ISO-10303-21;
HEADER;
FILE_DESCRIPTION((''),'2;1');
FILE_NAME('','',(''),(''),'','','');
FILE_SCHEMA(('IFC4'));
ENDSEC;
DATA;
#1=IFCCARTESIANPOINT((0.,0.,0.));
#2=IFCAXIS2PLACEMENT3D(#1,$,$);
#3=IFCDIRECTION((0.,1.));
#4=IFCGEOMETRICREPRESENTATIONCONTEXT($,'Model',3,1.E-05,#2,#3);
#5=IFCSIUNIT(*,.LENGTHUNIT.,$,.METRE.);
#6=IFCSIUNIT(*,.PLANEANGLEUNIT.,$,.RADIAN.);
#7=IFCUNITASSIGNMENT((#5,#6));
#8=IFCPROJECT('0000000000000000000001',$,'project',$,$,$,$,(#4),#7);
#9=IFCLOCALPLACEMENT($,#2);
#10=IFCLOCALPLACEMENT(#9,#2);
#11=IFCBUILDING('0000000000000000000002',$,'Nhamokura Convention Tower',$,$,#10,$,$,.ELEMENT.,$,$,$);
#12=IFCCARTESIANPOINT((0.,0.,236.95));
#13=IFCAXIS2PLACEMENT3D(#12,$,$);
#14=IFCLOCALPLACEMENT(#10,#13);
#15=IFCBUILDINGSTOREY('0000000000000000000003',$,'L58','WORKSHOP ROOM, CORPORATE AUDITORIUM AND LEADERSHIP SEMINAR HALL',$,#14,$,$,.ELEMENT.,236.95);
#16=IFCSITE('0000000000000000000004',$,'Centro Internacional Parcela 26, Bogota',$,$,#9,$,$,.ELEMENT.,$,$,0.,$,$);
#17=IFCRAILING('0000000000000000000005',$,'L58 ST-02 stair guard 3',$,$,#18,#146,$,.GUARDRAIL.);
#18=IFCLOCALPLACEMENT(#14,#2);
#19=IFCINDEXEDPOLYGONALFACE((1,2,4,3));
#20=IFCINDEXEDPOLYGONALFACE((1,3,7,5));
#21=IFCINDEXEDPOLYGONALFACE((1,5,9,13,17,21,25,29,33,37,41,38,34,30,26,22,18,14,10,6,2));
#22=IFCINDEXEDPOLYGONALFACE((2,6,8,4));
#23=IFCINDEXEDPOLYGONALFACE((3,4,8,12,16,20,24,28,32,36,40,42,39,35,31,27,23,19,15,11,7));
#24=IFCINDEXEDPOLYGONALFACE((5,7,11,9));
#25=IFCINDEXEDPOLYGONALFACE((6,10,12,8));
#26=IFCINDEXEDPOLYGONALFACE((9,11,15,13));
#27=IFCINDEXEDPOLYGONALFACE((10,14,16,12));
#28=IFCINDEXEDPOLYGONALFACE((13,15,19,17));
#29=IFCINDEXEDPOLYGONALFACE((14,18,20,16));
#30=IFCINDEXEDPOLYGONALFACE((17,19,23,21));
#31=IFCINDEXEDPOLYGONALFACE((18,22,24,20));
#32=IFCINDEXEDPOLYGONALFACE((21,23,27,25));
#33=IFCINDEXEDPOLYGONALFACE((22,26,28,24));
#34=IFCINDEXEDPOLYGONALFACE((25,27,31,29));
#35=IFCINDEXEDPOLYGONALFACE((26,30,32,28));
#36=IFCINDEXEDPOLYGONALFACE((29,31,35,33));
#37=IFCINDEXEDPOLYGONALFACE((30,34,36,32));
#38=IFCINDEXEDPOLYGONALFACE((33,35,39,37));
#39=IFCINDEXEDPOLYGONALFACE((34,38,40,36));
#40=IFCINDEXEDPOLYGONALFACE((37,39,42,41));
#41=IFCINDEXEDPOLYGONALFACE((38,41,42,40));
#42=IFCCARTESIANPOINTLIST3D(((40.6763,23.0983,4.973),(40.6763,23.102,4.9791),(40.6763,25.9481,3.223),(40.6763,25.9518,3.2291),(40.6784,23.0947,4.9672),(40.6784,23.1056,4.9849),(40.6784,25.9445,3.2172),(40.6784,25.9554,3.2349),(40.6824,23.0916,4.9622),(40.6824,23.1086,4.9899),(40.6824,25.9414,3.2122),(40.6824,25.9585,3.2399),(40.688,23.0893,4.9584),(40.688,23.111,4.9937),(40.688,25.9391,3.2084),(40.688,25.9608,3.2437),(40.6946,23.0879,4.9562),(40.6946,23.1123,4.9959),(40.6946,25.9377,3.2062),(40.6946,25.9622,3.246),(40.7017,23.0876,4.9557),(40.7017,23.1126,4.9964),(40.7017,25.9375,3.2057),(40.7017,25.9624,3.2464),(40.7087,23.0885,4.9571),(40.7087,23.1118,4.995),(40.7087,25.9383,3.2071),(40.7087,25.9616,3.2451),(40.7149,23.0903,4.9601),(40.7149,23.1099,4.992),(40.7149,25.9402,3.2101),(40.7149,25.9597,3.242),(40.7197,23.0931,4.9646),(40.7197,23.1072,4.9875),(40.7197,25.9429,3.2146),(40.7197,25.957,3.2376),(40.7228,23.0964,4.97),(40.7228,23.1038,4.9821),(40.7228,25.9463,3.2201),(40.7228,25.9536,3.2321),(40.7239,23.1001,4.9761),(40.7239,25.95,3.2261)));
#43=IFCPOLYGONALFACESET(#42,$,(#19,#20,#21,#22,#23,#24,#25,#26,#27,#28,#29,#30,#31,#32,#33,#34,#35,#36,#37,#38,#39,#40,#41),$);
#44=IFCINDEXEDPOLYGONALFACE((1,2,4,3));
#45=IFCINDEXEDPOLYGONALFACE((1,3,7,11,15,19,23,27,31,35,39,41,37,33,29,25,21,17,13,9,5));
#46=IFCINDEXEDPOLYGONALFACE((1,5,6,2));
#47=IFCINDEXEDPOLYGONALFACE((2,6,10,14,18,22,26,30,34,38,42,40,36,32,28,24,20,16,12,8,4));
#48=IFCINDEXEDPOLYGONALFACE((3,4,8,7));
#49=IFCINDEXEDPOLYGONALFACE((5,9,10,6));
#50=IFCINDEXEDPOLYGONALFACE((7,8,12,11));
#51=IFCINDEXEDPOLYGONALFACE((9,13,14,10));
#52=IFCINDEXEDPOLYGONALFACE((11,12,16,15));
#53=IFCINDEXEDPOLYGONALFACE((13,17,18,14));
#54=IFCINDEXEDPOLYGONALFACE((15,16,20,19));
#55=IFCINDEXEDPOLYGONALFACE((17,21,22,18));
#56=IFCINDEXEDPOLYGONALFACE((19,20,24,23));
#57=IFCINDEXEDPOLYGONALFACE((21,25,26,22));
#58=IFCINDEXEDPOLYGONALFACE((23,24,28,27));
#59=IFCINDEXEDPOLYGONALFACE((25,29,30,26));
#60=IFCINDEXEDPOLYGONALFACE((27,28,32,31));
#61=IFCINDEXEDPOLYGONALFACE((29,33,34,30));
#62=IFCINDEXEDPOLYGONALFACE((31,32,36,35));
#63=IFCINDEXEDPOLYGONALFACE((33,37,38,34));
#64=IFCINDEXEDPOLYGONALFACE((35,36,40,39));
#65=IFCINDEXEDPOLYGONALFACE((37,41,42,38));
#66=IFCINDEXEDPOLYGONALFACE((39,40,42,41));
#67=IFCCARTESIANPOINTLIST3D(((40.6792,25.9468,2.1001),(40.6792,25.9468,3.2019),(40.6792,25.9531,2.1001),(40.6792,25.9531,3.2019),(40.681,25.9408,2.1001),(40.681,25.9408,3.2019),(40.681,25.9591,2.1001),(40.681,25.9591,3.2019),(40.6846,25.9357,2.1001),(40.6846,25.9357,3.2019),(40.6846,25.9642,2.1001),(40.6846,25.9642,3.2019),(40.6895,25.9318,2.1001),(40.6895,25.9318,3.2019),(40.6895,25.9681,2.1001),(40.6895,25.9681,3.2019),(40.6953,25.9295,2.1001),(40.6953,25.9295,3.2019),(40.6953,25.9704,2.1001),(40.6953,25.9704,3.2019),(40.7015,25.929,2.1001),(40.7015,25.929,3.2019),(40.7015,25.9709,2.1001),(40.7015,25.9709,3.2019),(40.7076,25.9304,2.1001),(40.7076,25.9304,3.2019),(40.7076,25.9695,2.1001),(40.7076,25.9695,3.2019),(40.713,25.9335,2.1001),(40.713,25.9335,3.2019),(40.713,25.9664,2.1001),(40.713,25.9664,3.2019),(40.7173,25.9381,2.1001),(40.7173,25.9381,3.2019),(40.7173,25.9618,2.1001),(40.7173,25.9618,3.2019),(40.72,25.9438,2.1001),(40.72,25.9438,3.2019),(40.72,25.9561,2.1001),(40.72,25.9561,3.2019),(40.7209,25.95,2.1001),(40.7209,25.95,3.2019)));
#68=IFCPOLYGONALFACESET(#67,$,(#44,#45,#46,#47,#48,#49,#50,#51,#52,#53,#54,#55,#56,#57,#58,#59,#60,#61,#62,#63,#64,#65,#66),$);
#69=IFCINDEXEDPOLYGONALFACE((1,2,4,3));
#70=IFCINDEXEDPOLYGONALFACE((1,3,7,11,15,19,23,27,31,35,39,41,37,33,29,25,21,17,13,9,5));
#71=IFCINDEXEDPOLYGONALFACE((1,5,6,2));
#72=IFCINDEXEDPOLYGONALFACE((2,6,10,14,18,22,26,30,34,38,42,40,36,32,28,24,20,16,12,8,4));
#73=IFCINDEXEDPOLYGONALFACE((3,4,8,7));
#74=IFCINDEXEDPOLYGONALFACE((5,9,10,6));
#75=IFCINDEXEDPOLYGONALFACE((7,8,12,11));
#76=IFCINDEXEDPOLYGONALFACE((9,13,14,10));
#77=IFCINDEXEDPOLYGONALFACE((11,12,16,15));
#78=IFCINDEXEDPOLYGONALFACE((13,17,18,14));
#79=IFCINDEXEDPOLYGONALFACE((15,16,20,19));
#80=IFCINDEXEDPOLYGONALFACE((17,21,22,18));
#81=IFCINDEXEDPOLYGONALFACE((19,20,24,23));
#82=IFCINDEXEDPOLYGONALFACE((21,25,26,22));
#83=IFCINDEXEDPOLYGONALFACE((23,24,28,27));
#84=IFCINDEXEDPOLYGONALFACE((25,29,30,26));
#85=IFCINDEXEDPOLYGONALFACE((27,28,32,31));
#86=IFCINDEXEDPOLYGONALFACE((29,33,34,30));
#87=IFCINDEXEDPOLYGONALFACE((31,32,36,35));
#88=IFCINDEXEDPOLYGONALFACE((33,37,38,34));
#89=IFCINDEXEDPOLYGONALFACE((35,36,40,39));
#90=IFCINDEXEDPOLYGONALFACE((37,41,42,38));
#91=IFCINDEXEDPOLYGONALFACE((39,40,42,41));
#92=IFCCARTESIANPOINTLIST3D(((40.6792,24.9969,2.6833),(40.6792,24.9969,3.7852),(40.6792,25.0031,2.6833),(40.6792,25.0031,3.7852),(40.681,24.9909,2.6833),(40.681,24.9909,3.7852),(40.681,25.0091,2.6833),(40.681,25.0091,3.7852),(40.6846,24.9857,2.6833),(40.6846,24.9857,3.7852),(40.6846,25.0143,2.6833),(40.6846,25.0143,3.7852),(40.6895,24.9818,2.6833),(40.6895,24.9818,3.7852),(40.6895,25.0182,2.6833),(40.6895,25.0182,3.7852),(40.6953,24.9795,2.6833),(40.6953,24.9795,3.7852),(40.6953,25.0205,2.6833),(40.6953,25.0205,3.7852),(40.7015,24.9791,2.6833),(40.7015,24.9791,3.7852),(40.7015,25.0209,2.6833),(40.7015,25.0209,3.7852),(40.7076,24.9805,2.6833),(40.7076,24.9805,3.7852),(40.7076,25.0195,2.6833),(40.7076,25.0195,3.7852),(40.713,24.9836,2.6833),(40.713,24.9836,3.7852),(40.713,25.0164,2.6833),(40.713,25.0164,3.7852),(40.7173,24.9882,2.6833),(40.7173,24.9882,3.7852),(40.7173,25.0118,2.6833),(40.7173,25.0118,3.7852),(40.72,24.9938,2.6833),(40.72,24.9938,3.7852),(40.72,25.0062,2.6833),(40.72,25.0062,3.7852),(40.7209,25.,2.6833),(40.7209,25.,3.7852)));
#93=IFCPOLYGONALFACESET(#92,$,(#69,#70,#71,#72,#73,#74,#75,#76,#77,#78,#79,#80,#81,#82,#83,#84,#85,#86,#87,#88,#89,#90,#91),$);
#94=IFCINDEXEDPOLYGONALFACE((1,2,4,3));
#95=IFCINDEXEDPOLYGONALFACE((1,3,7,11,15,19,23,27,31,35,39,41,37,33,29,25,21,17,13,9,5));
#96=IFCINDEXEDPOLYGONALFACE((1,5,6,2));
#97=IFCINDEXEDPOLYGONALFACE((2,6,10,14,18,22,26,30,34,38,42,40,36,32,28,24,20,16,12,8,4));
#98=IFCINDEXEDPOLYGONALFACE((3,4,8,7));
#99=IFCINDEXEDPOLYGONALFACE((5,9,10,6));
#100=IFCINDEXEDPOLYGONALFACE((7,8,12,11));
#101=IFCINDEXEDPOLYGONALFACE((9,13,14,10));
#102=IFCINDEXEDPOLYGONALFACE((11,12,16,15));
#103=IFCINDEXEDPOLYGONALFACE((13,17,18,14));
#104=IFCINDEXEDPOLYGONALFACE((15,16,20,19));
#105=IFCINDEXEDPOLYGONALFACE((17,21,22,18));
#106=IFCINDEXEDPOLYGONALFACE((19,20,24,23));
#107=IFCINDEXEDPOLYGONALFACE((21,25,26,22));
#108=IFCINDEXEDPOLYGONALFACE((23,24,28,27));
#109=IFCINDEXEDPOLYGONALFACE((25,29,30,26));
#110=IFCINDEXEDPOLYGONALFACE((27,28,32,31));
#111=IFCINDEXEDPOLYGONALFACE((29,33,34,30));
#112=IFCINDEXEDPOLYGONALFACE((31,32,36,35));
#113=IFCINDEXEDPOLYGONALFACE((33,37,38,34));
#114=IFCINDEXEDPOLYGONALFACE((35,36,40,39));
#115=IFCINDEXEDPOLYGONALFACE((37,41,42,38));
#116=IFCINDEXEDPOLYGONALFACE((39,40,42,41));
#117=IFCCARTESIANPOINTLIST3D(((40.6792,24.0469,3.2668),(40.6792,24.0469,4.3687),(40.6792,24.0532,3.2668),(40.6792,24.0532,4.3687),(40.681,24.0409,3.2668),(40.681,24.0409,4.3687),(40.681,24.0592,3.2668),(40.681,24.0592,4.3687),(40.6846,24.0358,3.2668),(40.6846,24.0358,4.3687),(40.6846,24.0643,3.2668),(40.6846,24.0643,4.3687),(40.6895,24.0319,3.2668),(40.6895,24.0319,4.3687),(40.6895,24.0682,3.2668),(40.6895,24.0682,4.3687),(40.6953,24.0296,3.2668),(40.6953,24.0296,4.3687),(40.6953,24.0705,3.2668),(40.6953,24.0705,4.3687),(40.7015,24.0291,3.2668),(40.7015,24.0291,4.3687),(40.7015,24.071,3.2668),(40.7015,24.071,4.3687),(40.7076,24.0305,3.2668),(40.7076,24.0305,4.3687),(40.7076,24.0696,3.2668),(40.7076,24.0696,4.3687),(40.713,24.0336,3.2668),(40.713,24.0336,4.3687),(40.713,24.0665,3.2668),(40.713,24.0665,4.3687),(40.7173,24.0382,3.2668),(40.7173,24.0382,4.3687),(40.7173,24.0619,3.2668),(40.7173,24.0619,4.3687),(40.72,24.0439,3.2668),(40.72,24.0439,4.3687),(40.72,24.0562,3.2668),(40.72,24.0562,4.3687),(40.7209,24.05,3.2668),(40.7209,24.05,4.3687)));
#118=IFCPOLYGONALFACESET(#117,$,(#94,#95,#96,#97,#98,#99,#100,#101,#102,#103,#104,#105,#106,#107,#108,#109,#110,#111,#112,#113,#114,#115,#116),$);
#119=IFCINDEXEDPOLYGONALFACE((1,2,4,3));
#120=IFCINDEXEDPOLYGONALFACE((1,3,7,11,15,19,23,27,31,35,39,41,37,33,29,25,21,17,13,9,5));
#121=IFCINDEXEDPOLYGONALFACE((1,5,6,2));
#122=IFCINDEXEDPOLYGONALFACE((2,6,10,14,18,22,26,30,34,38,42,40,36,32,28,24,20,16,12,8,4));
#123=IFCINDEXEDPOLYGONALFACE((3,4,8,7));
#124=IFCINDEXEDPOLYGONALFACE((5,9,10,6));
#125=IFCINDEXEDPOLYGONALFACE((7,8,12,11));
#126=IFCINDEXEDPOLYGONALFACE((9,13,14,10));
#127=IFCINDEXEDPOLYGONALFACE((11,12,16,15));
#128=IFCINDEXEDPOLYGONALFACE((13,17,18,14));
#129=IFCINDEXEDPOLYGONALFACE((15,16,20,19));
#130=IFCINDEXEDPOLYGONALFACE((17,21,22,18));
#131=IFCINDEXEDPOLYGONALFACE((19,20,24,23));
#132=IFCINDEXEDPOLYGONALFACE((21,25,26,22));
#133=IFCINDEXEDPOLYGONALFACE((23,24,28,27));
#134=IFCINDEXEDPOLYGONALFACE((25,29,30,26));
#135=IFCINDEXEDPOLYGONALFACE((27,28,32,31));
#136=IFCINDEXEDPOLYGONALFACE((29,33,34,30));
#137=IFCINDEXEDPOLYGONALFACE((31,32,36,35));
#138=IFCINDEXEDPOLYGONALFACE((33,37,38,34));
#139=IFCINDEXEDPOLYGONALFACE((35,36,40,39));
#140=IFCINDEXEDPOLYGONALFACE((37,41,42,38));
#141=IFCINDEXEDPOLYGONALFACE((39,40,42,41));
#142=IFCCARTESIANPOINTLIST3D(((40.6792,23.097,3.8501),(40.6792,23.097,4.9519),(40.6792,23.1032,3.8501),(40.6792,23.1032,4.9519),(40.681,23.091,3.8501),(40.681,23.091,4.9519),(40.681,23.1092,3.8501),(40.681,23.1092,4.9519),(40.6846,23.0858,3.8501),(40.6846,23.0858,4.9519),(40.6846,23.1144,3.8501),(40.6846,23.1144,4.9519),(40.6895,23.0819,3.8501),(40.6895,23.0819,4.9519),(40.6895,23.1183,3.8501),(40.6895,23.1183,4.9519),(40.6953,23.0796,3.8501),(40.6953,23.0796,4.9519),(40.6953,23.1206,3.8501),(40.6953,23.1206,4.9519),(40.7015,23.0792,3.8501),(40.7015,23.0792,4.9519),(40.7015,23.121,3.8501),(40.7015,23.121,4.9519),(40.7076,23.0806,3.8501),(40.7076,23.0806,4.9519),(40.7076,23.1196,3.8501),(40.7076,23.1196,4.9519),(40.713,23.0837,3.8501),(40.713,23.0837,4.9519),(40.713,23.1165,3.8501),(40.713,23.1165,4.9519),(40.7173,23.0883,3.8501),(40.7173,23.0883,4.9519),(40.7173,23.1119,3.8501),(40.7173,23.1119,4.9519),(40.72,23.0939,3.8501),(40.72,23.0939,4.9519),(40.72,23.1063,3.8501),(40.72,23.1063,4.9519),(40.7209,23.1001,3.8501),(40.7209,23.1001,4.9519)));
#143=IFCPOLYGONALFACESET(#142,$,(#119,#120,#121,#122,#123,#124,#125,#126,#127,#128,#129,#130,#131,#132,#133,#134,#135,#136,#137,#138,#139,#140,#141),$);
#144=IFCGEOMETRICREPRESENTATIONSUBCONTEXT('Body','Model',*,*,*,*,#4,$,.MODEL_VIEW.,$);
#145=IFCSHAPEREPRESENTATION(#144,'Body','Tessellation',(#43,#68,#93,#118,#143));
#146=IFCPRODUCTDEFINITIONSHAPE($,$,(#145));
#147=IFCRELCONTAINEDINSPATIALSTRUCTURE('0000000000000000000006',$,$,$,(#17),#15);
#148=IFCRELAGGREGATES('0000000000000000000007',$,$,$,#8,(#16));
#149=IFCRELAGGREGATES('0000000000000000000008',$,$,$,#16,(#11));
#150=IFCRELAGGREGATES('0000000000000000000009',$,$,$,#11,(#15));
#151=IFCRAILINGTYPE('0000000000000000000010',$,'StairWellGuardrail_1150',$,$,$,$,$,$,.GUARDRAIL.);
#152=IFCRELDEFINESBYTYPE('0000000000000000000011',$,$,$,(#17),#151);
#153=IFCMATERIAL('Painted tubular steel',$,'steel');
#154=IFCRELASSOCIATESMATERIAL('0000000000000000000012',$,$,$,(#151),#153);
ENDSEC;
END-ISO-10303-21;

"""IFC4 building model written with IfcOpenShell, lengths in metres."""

from ifc_helpers import new_model, si_unit, direction, frame, origin, origin_2d, place, context, subcontext, project, spatial, circle, extrude, material, type_object, element, save


model = new_model("IFC4")

# Units and contexts
model_context = context("Model", 3, precision=1e-05, world=origin(), true_north=direction((0.0, 1.0)))
body_context = subcontext(model_context, "Body", "Model", "MODEL_VIEW")
ifc_project = project(units=[si_unit("LENGTHUNIT", "METRE"), si_unit("PLANEANGLEUNIT", "RADIAN")], contexts=[model_context])

# Site, building, storey
site_placement = place(None, origin())
site = spatial("IfcSite", under=ifc_project, at=site_placement, Name="Centro Internacional Parcela 26, Bogota", CompositionType="ELEMENT", RefElevation=0.0)
building_placement = place(site_placement, origin())
building = spatial("IfcBuilding", under=site, at=building_placement, Name="Nhamokura Convention Tower", CompositionType="ELEMENT")
storey_placement = place(building_placement, frame((0.0, 0.0, 236.95)))
storey = spatial("IfcBuildingStorey", under=building, at=storey_placement, Name="L58", Description="WORKSHOP ROOM, CORPORATE AUDITORIUM AND LEADERSHIP SEMINAR HALL", CompositionType="ELEMENT", Elevation=236.95)

# Railing
ifc_material_1 = material(Name="Painted tubular steel", Category="steel")
railing_type_1 = type_object("IfcRailingType", Name="StairWellGuardrail_1150", PredefinedType="GUARDRAIL", material=ifc_material_1)
railing_1_placement = place(storey_placement, frame((40.7, 25.95, 2.1001)))
element("IfcRailing", 1, at=railing_1_placement, inside=storey, type_object=railing_type_1, Name="L58 ST-02 stair guard 3", PredefinedType="GUARDRAIL", context=body_context, shape_type="SweptSolid", body=[
    extrude(circle(Radius=0.0239, at=origin_2d()), frame((0.0, 0.0, 1.126), z_axis=(0.0, -0.852159, 0.523283), x_axis=(1.0, 0.0, 0.0)), (0.0, 0.0, 1.0), 3.3442),
    extrude(circle(Radius=0.021, at=origin_2d()), origin(), (0.0, 0.0, 1.0), 1.1018),
    extrude(circle(Radius=0.021, at=origin_2d()), frame((0.0, -0.95, 0.5833)), (0.0, 0.0, 1.0), 1.1018),
    extrude(circle(Radius=0.021, at=origin_2d()), frame((0.0, -1.8999, 1.1667)), (0.0, 0.0, 1.0), 1.1018),
    extrude(circle(Radius=0.021, at=origin_2d()), frame((0.0, -2.8499, 1.75)), (0.0, 0.0, 1.0), 1.1018),
])

save(model, "model.ifc")
